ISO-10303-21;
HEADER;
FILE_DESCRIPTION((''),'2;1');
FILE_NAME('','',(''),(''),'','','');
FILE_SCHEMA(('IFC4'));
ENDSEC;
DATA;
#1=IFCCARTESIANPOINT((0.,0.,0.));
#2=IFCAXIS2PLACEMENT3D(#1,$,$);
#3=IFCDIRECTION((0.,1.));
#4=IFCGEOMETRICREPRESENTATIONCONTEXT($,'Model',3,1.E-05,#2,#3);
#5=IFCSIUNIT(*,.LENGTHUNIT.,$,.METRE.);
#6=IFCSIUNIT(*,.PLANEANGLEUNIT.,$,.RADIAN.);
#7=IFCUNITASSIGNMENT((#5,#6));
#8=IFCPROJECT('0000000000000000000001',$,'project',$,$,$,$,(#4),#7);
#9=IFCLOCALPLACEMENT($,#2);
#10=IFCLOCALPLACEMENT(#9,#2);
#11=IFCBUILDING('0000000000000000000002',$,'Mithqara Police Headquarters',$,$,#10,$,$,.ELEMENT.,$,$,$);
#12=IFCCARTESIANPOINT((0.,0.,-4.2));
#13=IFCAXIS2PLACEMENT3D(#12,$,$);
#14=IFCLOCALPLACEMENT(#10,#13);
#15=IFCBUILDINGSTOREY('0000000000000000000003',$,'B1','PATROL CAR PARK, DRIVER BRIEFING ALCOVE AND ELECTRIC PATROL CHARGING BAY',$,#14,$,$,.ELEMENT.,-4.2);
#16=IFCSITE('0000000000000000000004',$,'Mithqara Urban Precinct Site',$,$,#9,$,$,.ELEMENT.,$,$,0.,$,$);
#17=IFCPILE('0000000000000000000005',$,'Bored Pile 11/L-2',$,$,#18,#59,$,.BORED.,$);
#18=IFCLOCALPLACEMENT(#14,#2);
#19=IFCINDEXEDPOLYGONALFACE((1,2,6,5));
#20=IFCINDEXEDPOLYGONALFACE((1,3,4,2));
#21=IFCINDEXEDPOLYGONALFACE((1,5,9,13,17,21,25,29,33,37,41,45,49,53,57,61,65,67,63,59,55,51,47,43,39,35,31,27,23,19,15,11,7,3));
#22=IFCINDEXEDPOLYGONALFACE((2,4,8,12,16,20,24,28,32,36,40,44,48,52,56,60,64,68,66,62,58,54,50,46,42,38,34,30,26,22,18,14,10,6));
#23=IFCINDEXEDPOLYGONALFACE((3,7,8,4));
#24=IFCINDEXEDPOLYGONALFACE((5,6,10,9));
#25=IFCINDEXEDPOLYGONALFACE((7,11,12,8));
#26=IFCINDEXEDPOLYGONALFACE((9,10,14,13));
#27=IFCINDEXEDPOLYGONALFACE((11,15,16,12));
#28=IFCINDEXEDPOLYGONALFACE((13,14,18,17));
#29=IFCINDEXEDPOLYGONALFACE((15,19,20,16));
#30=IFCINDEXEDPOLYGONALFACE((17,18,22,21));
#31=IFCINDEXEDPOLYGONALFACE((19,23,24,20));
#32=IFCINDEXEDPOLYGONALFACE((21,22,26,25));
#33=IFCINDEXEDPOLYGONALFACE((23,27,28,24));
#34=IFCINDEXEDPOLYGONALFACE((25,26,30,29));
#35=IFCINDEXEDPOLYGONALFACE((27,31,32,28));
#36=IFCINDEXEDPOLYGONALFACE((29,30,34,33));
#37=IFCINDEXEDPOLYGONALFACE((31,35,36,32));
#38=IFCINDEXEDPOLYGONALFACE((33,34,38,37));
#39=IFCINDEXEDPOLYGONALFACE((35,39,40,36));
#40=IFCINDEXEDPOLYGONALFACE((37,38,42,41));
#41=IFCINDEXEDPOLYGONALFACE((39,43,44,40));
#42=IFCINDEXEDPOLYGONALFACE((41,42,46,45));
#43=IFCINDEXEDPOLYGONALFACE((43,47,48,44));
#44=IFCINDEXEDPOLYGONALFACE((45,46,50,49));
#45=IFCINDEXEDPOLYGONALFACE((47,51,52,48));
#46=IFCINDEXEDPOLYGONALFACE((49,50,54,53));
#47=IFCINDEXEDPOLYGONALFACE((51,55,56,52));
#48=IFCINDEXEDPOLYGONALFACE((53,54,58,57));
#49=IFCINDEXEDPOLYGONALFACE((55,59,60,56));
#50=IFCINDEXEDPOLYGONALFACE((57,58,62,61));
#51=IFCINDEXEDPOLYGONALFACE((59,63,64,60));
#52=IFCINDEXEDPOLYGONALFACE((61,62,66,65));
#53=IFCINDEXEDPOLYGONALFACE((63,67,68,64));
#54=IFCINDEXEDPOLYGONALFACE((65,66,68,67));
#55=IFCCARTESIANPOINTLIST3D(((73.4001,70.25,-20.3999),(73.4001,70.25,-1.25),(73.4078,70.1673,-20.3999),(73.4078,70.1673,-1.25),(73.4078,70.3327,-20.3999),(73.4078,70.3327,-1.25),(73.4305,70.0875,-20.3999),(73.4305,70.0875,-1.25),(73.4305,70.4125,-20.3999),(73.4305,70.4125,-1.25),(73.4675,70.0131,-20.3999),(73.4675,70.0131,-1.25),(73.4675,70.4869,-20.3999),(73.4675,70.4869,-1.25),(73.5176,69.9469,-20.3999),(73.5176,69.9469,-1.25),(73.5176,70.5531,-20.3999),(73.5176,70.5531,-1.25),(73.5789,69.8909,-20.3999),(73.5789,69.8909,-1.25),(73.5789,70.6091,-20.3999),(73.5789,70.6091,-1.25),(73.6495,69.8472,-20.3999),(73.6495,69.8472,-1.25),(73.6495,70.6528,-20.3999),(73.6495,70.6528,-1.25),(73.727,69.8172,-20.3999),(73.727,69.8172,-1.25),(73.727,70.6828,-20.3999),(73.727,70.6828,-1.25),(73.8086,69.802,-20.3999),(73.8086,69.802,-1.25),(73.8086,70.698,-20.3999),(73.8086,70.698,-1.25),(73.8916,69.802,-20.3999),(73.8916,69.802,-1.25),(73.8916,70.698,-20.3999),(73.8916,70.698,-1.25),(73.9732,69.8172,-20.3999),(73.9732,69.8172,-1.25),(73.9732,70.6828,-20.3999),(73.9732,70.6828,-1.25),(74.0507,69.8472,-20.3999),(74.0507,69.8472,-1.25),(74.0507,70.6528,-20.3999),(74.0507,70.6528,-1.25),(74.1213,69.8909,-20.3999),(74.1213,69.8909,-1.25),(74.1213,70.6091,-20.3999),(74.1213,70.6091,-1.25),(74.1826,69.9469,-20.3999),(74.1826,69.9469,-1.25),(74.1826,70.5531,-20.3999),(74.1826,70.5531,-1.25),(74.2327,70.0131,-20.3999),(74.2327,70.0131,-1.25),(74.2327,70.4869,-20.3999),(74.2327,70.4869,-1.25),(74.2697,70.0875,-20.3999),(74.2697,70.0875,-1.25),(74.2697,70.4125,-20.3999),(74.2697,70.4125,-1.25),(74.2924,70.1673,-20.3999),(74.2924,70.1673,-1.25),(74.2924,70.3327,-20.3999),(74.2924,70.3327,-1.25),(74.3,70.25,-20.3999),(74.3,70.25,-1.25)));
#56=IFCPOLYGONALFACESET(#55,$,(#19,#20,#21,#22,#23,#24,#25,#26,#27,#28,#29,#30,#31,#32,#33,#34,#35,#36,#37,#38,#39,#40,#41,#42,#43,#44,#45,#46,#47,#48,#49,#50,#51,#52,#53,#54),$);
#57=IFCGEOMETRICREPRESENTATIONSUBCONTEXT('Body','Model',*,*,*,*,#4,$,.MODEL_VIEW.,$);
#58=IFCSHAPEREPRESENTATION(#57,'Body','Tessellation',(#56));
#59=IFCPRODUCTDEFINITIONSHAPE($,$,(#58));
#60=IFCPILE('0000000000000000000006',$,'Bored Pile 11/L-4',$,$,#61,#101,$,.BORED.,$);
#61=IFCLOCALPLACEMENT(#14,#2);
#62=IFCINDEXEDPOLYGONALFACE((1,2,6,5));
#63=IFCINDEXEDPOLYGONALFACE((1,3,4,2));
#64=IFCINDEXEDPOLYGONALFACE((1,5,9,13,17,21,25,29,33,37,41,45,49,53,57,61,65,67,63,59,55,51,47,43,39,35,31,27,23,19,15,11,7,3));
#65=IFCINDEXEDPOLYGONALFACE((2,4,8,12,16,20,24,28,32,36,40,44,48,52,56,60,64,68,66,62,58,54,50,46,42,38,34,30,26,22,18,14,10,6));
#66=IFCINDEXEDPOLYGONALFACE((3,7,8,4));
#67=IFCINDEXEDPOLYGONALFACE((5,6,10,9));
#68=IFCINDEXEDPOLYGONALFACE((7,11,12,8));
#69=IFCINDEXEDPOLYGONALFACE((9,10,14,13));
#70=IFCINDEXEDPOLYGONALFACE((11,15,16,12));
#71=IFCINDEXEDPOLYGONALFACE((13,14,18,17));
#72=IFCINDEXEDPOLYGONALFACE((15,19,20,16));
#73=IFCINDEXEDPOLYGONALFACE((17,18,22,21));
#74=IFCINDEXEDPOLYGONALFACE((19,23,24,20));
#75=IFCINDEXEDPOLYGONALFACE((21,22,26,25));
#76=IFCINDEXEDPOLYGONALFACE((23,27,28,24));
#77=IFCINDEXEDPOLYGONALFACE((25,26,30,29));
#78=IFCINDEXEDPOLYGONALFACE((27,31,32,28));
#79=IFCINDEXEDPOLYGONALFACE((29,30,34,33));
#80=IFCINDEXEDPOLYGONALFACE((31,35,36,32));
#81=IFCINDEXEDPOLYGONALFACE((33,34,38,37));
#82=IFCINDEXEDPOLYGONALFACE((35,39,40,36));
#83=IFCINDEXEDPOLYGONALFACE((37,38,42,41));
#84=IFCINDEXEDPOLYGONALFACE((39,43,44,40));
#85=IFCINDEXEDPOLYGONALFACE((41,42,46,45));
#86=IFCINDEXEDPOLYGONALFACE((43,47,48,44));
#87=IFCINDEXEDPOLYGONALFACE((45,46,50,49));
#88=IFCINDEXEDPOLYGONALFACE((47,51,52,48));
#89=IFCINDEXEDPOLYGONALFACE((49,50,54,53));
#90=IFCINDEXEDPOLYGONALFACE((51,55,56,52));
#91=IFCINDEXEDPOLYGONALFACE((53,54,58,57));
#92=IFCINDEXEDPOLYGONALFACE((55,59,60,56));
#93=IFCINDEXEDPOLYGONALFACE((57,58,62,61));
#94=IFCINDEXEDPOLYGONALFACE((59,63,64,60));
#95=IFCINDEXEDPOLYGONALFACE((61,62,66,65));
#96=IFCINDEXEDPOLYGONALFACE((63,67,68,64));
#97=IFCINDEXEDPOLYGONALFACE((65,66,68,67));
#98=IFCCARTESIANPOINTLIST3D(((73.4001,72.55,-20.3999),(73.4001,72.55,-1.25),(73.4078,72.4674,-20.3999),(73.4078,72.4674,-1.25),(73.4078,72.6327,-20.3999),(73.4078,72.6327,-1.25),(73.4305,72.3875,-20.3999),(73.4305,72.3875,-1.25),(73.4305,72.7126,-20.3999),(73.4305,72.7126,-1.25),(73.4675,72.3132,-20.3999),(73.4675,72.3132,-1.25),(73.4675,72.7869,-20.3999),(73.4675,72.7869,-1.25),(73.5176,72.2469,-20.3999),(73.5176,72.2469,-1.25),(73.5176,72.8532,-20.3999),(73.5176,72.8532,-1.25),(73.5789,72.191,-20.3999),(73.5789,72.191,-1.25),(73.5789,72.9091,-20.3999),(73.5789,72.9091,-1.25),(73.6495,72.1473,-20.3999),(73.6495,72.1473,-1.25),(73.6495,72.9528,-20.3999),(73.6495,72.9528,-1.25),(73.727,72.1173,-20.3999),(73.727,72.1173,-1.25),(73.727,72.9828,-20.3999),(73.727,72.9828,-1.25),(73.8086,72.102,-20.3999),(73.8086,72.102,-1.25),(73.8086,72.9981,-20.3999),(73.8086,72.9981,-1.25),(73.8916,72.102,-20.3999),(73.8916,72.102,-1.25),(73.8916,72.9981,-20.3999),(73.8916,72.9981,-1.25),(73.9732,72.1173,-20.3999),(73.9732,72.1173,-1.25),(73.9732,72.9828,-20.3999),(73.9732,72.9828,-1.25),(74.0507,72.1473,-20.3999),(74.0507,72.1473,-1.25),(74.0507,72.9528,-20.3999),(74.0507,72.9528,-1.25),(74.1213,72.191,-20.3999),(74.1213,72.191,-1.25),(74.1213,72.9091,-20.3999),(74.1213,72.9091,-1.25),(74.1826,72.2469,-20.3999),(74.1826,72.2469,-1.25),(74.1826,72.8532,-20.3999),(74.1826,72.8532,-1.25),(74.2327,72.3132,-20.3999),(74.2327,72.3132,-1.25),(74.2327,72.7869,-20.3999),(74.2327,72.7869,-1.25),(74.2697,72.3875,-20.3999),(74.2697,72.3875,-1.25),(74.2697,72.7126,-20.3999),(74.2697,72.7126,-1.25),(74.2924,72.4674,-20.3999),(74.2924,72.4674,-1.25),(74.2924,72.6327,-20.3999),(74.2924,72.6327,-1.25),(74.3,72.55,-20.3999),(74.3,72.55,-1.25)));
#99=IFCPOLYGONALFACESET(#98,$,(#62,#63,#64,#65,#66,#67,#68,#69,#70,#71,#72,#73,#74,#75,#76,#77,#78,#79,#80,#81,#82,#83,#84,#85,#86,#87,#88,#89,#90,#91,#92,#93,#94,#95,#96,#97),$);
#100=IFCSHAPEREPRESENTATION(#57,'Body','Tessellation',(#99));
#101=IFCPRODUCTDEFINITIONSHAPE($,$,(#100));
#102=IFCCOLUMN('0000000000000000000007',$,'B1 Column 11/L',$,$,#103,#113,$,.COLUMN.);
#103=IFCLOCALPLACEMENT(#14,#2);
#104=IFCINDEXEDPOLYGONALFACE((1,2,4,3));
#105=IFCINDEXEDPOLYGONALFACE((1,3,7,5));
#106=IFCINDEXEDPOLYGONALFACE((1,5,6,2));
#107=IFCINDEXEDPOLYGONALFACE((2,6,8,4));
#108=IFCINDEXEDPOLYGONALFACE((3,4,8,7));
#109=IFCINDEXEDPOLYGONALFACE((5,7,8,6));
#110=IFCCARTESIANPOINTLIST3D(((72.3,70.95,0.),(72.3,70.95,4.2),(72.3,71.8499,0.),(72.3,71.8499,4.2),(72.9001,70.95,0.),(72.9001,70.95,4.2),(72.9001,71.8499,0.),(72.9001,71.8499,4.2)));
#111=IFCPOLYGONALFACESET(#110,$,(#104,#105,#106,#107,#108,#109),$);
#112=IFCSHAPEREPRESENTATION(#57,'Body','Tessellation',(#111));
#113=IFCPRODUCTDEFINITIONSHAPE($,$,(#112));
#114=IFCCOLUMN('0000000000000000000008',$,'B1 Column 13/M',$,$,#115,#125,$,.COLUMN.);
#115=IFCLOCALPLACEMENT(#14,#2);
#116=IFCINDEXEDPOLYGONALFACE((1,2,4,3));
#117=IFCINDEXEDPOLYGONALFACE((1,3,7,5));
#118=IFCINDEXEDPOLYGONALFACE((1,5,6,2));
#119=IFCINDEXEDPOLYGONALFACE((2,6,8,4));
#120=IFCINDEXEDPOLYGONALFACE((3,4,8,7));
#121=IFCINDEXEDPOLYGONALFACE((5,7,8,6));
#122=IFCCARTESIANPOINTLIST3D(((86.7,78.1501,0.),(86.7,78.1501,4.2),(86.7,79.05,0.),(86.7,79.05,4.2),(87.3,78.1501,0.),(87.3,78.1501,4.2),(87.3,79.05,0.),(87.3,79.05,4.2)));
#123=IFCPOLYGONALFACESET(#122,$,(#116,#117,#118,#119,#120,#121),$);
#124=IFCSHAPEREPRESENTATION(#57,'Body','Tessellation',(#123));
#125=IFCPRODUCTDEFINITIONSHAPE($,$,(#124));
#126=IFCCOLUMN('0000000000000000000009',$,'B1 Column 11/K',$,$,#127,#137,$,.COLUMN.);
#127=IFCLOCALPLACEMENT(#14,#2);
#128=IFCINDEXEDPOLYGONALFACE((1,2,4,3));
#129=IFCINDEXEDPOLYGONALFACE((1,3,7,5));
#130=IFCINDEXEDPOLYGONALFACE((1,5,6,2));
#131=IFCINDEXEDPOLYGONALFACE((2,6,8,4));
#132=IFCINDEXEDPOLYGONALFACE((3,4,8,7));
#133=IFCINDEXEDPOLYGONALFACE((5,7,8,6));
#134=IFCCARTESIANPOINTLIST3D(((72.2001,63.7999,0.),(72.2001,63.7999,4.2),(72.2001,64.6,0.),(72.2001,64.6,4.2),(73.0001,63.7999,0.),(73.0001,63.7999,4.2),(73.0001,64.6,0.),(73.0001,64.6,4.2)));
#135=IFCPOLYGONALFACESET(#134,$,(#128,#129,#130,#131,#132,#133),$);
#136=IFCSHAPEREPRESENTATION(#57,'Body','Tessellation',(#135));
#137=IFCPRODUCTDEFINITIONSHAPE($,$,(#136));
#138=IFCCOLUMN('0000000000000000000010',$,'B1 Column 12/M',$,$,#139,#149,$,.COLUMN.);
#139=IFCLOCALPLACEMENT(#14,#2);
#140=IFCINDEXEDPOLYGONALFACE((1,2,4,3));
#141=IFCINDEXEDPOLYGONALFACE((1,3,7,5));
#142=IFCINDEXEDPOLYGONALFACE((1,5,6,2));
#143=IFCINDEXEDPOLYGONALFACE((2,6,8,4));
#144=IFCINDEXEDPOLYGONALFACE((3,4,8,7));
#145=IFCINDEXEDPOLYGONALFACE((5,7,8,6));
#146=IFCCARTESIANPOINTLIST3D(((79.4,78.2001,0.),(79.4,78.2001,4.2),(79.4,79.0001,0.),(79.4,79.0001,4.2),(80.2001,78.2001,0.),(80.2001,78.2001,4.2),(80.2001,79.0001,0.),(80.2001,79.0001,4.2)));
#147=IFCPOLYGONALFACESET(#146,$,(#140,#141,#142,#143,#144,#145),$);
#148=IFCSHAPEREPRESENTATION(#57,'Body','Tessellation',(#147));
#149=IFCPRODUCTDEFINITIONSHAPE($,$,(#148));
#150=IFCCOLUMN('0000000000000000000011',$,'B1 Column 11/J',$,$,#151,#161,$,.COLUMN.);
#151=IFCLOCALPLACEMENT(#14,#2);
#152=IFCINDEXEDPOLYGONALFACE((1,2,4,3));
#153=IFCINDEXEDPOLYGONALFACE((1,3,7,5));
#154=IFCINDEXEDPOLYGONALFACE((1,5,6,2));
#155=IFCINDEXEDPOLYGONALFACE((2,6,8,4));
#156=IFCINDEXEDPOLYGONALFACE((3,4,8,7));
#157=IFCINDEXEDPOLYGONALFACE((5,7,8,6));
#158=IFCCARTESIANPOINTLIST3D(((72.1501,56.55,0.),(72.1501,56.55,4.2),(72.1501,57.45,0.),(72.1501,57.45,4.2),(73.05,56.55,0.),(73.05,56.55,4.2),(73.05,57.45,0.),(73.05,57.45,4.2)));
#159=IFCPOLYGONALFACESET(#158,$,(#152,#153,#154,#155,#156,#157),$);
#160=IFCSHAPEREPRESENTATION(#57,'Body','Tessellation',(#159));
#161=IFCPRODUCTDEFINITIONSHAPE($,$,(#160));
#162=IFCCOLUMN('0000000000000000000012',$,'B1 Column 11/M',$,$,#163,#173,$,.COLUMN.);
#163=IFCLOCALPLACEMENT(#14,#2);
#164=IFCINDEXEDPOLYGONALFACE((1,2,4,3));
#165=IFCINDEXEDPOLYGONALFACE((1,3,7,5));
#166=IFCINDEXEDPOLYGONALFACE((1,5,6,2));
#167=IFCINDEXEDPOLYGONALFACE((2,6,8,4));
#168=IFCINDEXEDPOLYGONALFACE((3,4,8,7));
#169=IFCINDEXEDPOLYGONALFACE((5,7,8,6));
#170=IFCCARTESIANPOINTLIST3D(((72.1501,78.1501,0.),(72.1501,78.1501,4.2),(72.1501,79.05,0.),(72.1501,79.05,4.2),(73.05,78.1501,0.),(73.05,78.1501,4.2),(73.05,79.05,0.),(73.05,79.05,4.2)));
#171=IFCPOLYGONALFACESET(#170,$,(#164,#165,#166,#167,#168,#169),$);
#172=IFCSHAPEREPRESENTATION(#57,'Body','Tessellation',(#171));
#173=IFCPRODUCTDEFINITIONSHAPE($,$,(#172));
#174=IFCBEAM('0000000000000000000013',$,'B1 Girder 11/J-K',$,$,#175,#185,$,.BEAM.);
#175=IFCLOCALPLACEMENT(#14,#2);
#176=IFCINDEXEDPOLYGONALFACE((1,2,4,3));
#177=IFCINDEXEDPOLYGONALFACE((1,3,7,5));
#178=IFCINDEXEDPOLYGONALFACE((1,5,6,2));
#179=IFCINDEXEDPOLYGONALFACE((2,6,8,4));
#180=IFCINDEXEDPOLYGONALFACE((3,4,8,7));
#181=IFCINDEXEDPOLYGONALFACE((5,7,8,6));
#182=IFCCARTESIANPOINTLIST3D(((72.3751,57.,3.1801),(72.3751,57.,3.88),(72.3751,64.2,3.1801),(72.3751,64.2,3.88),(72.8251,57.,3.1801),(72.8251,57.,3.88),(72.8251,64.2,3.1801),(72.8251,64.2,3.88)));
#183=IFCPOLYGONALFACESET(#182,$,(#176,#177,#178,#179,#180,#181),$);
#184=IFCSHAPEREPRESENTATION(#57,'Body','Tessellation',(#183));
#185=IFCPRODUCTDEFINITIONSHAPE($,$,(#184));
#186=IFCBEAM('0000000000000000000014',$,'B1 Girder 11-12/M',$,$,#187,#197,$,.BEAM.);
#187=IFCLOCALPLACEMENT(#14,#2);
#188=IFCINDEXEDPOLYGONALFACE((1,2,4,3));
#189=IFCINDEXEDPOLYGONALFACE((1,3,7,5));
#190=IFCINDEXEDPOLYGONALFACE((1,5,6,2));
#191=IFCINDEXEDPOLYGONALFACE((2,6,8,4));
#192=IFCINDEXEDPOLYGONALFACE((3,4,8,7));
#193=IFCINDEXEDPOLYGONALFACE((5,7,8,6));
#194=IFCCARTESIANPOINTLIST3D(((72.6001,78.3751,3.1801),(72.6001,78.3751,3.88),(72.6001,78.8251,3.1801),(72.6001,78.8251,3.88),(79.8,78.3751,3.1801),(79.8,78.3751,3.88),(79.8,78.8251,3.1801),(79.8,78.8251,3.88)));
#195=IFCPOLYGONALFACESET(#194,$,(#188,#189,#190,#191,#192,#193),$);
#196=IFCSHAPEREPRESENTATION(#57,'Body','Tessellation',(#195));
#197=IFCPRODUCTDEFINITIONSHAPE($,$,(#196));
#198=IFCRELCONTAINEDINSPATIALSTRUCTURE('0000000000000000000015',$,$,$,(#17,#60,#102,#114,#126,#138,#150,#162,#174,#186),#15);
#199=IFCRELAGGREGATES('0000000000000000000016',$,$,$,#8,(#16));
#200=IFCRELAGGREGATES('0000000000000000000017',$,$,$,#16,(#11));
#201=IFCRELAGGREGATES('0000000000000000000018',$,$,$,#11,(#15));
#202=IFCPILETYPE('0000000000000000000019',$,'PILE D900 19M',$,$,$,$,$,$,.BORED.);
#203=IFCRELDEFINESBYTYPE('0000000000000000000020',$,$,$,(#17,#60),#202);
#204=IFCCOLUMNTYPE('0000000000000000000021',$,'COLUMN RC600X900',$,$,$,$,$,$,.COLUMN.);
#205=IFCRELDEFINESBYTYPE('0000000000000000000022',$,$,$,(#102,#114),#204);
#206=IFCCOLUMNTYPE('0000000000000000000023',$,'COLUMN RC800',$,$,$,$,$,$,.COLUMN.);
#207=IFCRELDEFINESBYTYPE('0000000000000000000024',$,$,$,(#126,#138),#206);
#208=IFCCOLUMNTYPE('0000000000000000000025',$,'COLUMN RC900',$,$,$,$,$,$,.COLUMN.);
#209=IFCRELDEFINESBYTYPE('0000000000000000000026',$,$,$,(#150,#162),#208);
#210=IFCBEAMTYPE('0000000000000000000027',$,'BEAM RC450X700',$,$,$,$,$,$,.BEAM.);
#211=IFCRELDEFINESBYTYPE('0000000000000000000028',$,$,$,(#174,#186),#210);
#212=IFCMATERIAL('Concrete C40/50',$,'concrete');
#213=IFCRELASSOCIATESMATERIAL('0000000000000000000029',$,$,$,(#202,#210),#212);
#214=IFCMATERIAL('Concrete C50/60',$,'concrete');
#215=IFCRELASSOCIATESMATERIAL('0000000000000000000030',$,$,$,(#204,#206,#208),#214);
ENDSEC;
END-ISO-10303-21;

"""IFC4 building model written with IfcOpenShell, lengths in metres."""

from ifc_helpers import new_model, si_unit, direction, frame, origin, origin_2d, place, context, subcontext, project, spatial, rectangle, circle, extrude, material, material_profile, profile_set, type_object, element, save


model = new_model("IFC4")

# Units and contexts
model_context = context("Model", 3, precision=1e-05, world=origin(), true_north=direction((0.0, 1.0)))
body_context = subcontext(model_context, "Body", "Model", "MODEL_VIEW")
ifc_project = project(units=[si_unit("LENGTHUNIT", "METRE"), si_unit("PLANEANGLEUNIT", "RADIAN")], contexts=[model_context])

# Site, building, storey
site_placement = place(None, origin())
site = spatial("IfcSite", under=ifc_project, at=site_placement, Name="Mithqara Urban Precinct Site", CompositionType="ELEMENT", RefElevation=0.0)
building_placement = place(site_placement, origin())
building = spatial("IfcBuilding", under=site, at=building_placement, Name="Mithqara Police Headquarters", CompositionType="ELEMENT")
storey_placement = place(building_placement, frame((0.0, 0.0, -4.2)))
storey = spatial("IfcBuildingStorey", under=building, at=storey_placement, Name="B1", Description="PATROL CAR PARK, DRIVER BRIEFING ALCOVE AND ELECTRIC PATROL CHARGING BAY", CompositionType="ELEMENT", Elevation=-4.2)

# Shared definitions
ifc_material_1 = material(Name="Concrete C40/50", Category="concrete")

# Piles
ifc_material_profile_1 = material_profile(ifc_material_1, circle(Radius=0.45, at=origin_2d()), Name="PILE D900")
ifc_profile_set_1 = profile_set([ifc_material_profile_1], Name="Concrete C40/50")
pile_type_1 = type_object("IfcPileType", Name="PILE D900 19M", PredefinedType="BORED", material=ifc_profile_set_1)
for number, where, z_axis, x_axis, name in (
    (1, (73.8501, 70.25, -1.25), (0.0, 0.0, -1.0), (1.0, 0.0, 0.0), "Bored Pile 11/L-2"),
    (2, (73.8501, 72.55, -1.25), (0.0, 0.0, -1.0), (1.0, 0.0, 0.0), "Bored Pile 11/L-4"),
):
    element("IfcPile", number, at=place(storey_placement, frame(where, z_axis=z_axis, x_axis=x_axis)), inside=storey, type_object=pile_type_1, Name=name, PredefinedType="BORED", context=body_context, shape_type="SweptSolid", body=[
        extrude(circle(Radius=0.45, at=origin_2d()), origin(), (0.0, 0.0, 1.0), 19.1499),
    ])

# Columns
ifc_material_2 = material(Name="Concrete C50/60", Category="concrete")
ifc_material_profile_2 = material_profile(ifc_material_2, rectangle(XDim=0.6001, YDim=0.8999, at=origin_2d()), Name="RC 600x900")
ifc_profile_set_2 = profile_set([ifc_material_profile_2], Name="Concrete C50/60")
column_type_1 = type_object("IfcColumnType", Name="COLUMN RC600X900", PredefinedType="COLUMN", material=ifc_profile_set_2)
for number, where, z_axis, x_axis, name in (
    (3, (72.6001, 71.3999, 0.0), (0.0, 0.0, 1.0), (1.0, 0.0, 0.0), "B1 Column 11/L"),
    (4, (87.0, 78.6001, 0.0), (0.0, 0.0, 1.0), (1.0, 0.0, 0.0), "B1 Column 13/M"),
):
    element("IfcColumn", number, at=place(storey_placement, frame(where, z_axis=z_axis, x_axis=x_axis)), inside=storey, type_object=column_type_1, Name=name, PredefinedType="COLUMN", context=body_context, shape_type="SweptSolid", body=[
        extrude(rectangle(XDim=0.6001, YDim=0.8999, at=origin_2d()), origin(), (0.0, 0.0, 1.0), 4.2),
    ])
ifc_material_profile_3 = material_profile(ifc_material_2, rectangle(XDim=0.8, YDim=0.8, at=origin_2d()), Name="RC 800x800")
ifc_profile_set_3 = profile_set([ifc_material_profile_3], Name="Concrete C50/60")
column_type_2 = type_object("IfcColumnType", Name="COLUMN RC800", PredefinedType="COLUMN", material=ifc_profile_set_3)
for number, where, z_axis, x_axis, name in (
    (5, (72.6001, 64.2, 0.0), (0.0, 0.0, 1.0), (1.0, 0.0, 0.0), "B1 Column 11/K"),
    (6, (79.8, 78.6001, 0.0), (0.0, 0.0, 1.0), (1.0, 0.0, 0.0), "B1 Column 12/M"),
):
    element("IfcColumn", number, at=place(storey_placement, frame(where, z_axis=z_axis, x_axis=x_axis)), inside=storey, type_object=column_type_2, Name=name, PredefinedType="COLUMN", context=body_context, shape_type="SweptSolid", body=[
        extrude(rectangle(XDim=0.8, YDim=0.8, at=origin_2d()), origin(), (0.0, 0.0, 1.0), 4.2),
    ])
ifc_material_profile_4 = material_profile(ifc_material_2, rectangle(XDim=0.8999, YDim=0.8999, at=origin_2d()), Name="RC 900x900")
ifc_profile_set_4 = profile_set([ifc_material_profile_4], Name="Concrete C50/60")
column_type_3 = type_object("IfcColumnType", Name="COLUMN RC900", PredefinedType="COLUMN", material=ifc_profile_set_4)
for number, where, z_axis, x_axis, name in (
    (7, (72.6001, 57.0, 0.0), (0.0, 0.0, 1.0), (1.0, 0.0, 0.0), "B1 Column 11/J"),
    (8, (72.6001, 78.6001, 0.0), (0.0, 0.0, 1.0), (1.0, 0.0, 0.0), "B1 Column 11/M"),
):
    element("IfcColumn", number, at=place(storey_placement, frame(where, z_axis=z_axis, x_axis=x_axis)), inside=storey, type_object=column_type_3, Name=name, PredefinedType="COLUMN", context=body_context, shape_type="SweptSolid", body=[
        extrude(rectangle(XDim=0.8999, YDim=0.8999, at=origin_2d()), origin(), (0.0, 0.0, 1.0), 4.2),
    ])

# Beams
ifc_material_profile_5 = material_profile(ifc_material_1, rectangle(XDim=0.45, YDim=0.7, at=origin_2d()), Name="RC 450x700")
ifc_profile_set_5 = profile_set([ifc_material_profile_5], Name="Concrete C40/50")
beam_type_1 = type_object("IfcBeamType", Name="BEAM RC450X700", PredefinedType="BEAM", material=ifc_profile_set_5)
for number, where, z_axis, x_axis, name in (
    (9, (72.6001, 57.0, 3.53), (0.0, 1.0, 0.0), (-1.0, 0.0, 0.0), "B1 Girder 11/J-K"),
    (10, (72.6001, 78.6001, 3.53), (1.0, 0.0, 0.0), (0.0, 1.0, 0.0), "B1 Girder 11-12/M"),
):
    element("IfcBeam", number, at=place(storey_placement, frame(where, z_axis=z_axis, x_axis=x_axis)), inside=storey, type_object=beam_type_1, Name=name, PredefinedType="BEAM", context=body_context, shape_type="SweptSolid", body=[
        extrude(rectangle(XDim=0.45, YDim=0.7, at=origin_2d()), origin(), (0.0, 0.0, 1.0), 7.2),
    ])

save(model, "model.ifc")
